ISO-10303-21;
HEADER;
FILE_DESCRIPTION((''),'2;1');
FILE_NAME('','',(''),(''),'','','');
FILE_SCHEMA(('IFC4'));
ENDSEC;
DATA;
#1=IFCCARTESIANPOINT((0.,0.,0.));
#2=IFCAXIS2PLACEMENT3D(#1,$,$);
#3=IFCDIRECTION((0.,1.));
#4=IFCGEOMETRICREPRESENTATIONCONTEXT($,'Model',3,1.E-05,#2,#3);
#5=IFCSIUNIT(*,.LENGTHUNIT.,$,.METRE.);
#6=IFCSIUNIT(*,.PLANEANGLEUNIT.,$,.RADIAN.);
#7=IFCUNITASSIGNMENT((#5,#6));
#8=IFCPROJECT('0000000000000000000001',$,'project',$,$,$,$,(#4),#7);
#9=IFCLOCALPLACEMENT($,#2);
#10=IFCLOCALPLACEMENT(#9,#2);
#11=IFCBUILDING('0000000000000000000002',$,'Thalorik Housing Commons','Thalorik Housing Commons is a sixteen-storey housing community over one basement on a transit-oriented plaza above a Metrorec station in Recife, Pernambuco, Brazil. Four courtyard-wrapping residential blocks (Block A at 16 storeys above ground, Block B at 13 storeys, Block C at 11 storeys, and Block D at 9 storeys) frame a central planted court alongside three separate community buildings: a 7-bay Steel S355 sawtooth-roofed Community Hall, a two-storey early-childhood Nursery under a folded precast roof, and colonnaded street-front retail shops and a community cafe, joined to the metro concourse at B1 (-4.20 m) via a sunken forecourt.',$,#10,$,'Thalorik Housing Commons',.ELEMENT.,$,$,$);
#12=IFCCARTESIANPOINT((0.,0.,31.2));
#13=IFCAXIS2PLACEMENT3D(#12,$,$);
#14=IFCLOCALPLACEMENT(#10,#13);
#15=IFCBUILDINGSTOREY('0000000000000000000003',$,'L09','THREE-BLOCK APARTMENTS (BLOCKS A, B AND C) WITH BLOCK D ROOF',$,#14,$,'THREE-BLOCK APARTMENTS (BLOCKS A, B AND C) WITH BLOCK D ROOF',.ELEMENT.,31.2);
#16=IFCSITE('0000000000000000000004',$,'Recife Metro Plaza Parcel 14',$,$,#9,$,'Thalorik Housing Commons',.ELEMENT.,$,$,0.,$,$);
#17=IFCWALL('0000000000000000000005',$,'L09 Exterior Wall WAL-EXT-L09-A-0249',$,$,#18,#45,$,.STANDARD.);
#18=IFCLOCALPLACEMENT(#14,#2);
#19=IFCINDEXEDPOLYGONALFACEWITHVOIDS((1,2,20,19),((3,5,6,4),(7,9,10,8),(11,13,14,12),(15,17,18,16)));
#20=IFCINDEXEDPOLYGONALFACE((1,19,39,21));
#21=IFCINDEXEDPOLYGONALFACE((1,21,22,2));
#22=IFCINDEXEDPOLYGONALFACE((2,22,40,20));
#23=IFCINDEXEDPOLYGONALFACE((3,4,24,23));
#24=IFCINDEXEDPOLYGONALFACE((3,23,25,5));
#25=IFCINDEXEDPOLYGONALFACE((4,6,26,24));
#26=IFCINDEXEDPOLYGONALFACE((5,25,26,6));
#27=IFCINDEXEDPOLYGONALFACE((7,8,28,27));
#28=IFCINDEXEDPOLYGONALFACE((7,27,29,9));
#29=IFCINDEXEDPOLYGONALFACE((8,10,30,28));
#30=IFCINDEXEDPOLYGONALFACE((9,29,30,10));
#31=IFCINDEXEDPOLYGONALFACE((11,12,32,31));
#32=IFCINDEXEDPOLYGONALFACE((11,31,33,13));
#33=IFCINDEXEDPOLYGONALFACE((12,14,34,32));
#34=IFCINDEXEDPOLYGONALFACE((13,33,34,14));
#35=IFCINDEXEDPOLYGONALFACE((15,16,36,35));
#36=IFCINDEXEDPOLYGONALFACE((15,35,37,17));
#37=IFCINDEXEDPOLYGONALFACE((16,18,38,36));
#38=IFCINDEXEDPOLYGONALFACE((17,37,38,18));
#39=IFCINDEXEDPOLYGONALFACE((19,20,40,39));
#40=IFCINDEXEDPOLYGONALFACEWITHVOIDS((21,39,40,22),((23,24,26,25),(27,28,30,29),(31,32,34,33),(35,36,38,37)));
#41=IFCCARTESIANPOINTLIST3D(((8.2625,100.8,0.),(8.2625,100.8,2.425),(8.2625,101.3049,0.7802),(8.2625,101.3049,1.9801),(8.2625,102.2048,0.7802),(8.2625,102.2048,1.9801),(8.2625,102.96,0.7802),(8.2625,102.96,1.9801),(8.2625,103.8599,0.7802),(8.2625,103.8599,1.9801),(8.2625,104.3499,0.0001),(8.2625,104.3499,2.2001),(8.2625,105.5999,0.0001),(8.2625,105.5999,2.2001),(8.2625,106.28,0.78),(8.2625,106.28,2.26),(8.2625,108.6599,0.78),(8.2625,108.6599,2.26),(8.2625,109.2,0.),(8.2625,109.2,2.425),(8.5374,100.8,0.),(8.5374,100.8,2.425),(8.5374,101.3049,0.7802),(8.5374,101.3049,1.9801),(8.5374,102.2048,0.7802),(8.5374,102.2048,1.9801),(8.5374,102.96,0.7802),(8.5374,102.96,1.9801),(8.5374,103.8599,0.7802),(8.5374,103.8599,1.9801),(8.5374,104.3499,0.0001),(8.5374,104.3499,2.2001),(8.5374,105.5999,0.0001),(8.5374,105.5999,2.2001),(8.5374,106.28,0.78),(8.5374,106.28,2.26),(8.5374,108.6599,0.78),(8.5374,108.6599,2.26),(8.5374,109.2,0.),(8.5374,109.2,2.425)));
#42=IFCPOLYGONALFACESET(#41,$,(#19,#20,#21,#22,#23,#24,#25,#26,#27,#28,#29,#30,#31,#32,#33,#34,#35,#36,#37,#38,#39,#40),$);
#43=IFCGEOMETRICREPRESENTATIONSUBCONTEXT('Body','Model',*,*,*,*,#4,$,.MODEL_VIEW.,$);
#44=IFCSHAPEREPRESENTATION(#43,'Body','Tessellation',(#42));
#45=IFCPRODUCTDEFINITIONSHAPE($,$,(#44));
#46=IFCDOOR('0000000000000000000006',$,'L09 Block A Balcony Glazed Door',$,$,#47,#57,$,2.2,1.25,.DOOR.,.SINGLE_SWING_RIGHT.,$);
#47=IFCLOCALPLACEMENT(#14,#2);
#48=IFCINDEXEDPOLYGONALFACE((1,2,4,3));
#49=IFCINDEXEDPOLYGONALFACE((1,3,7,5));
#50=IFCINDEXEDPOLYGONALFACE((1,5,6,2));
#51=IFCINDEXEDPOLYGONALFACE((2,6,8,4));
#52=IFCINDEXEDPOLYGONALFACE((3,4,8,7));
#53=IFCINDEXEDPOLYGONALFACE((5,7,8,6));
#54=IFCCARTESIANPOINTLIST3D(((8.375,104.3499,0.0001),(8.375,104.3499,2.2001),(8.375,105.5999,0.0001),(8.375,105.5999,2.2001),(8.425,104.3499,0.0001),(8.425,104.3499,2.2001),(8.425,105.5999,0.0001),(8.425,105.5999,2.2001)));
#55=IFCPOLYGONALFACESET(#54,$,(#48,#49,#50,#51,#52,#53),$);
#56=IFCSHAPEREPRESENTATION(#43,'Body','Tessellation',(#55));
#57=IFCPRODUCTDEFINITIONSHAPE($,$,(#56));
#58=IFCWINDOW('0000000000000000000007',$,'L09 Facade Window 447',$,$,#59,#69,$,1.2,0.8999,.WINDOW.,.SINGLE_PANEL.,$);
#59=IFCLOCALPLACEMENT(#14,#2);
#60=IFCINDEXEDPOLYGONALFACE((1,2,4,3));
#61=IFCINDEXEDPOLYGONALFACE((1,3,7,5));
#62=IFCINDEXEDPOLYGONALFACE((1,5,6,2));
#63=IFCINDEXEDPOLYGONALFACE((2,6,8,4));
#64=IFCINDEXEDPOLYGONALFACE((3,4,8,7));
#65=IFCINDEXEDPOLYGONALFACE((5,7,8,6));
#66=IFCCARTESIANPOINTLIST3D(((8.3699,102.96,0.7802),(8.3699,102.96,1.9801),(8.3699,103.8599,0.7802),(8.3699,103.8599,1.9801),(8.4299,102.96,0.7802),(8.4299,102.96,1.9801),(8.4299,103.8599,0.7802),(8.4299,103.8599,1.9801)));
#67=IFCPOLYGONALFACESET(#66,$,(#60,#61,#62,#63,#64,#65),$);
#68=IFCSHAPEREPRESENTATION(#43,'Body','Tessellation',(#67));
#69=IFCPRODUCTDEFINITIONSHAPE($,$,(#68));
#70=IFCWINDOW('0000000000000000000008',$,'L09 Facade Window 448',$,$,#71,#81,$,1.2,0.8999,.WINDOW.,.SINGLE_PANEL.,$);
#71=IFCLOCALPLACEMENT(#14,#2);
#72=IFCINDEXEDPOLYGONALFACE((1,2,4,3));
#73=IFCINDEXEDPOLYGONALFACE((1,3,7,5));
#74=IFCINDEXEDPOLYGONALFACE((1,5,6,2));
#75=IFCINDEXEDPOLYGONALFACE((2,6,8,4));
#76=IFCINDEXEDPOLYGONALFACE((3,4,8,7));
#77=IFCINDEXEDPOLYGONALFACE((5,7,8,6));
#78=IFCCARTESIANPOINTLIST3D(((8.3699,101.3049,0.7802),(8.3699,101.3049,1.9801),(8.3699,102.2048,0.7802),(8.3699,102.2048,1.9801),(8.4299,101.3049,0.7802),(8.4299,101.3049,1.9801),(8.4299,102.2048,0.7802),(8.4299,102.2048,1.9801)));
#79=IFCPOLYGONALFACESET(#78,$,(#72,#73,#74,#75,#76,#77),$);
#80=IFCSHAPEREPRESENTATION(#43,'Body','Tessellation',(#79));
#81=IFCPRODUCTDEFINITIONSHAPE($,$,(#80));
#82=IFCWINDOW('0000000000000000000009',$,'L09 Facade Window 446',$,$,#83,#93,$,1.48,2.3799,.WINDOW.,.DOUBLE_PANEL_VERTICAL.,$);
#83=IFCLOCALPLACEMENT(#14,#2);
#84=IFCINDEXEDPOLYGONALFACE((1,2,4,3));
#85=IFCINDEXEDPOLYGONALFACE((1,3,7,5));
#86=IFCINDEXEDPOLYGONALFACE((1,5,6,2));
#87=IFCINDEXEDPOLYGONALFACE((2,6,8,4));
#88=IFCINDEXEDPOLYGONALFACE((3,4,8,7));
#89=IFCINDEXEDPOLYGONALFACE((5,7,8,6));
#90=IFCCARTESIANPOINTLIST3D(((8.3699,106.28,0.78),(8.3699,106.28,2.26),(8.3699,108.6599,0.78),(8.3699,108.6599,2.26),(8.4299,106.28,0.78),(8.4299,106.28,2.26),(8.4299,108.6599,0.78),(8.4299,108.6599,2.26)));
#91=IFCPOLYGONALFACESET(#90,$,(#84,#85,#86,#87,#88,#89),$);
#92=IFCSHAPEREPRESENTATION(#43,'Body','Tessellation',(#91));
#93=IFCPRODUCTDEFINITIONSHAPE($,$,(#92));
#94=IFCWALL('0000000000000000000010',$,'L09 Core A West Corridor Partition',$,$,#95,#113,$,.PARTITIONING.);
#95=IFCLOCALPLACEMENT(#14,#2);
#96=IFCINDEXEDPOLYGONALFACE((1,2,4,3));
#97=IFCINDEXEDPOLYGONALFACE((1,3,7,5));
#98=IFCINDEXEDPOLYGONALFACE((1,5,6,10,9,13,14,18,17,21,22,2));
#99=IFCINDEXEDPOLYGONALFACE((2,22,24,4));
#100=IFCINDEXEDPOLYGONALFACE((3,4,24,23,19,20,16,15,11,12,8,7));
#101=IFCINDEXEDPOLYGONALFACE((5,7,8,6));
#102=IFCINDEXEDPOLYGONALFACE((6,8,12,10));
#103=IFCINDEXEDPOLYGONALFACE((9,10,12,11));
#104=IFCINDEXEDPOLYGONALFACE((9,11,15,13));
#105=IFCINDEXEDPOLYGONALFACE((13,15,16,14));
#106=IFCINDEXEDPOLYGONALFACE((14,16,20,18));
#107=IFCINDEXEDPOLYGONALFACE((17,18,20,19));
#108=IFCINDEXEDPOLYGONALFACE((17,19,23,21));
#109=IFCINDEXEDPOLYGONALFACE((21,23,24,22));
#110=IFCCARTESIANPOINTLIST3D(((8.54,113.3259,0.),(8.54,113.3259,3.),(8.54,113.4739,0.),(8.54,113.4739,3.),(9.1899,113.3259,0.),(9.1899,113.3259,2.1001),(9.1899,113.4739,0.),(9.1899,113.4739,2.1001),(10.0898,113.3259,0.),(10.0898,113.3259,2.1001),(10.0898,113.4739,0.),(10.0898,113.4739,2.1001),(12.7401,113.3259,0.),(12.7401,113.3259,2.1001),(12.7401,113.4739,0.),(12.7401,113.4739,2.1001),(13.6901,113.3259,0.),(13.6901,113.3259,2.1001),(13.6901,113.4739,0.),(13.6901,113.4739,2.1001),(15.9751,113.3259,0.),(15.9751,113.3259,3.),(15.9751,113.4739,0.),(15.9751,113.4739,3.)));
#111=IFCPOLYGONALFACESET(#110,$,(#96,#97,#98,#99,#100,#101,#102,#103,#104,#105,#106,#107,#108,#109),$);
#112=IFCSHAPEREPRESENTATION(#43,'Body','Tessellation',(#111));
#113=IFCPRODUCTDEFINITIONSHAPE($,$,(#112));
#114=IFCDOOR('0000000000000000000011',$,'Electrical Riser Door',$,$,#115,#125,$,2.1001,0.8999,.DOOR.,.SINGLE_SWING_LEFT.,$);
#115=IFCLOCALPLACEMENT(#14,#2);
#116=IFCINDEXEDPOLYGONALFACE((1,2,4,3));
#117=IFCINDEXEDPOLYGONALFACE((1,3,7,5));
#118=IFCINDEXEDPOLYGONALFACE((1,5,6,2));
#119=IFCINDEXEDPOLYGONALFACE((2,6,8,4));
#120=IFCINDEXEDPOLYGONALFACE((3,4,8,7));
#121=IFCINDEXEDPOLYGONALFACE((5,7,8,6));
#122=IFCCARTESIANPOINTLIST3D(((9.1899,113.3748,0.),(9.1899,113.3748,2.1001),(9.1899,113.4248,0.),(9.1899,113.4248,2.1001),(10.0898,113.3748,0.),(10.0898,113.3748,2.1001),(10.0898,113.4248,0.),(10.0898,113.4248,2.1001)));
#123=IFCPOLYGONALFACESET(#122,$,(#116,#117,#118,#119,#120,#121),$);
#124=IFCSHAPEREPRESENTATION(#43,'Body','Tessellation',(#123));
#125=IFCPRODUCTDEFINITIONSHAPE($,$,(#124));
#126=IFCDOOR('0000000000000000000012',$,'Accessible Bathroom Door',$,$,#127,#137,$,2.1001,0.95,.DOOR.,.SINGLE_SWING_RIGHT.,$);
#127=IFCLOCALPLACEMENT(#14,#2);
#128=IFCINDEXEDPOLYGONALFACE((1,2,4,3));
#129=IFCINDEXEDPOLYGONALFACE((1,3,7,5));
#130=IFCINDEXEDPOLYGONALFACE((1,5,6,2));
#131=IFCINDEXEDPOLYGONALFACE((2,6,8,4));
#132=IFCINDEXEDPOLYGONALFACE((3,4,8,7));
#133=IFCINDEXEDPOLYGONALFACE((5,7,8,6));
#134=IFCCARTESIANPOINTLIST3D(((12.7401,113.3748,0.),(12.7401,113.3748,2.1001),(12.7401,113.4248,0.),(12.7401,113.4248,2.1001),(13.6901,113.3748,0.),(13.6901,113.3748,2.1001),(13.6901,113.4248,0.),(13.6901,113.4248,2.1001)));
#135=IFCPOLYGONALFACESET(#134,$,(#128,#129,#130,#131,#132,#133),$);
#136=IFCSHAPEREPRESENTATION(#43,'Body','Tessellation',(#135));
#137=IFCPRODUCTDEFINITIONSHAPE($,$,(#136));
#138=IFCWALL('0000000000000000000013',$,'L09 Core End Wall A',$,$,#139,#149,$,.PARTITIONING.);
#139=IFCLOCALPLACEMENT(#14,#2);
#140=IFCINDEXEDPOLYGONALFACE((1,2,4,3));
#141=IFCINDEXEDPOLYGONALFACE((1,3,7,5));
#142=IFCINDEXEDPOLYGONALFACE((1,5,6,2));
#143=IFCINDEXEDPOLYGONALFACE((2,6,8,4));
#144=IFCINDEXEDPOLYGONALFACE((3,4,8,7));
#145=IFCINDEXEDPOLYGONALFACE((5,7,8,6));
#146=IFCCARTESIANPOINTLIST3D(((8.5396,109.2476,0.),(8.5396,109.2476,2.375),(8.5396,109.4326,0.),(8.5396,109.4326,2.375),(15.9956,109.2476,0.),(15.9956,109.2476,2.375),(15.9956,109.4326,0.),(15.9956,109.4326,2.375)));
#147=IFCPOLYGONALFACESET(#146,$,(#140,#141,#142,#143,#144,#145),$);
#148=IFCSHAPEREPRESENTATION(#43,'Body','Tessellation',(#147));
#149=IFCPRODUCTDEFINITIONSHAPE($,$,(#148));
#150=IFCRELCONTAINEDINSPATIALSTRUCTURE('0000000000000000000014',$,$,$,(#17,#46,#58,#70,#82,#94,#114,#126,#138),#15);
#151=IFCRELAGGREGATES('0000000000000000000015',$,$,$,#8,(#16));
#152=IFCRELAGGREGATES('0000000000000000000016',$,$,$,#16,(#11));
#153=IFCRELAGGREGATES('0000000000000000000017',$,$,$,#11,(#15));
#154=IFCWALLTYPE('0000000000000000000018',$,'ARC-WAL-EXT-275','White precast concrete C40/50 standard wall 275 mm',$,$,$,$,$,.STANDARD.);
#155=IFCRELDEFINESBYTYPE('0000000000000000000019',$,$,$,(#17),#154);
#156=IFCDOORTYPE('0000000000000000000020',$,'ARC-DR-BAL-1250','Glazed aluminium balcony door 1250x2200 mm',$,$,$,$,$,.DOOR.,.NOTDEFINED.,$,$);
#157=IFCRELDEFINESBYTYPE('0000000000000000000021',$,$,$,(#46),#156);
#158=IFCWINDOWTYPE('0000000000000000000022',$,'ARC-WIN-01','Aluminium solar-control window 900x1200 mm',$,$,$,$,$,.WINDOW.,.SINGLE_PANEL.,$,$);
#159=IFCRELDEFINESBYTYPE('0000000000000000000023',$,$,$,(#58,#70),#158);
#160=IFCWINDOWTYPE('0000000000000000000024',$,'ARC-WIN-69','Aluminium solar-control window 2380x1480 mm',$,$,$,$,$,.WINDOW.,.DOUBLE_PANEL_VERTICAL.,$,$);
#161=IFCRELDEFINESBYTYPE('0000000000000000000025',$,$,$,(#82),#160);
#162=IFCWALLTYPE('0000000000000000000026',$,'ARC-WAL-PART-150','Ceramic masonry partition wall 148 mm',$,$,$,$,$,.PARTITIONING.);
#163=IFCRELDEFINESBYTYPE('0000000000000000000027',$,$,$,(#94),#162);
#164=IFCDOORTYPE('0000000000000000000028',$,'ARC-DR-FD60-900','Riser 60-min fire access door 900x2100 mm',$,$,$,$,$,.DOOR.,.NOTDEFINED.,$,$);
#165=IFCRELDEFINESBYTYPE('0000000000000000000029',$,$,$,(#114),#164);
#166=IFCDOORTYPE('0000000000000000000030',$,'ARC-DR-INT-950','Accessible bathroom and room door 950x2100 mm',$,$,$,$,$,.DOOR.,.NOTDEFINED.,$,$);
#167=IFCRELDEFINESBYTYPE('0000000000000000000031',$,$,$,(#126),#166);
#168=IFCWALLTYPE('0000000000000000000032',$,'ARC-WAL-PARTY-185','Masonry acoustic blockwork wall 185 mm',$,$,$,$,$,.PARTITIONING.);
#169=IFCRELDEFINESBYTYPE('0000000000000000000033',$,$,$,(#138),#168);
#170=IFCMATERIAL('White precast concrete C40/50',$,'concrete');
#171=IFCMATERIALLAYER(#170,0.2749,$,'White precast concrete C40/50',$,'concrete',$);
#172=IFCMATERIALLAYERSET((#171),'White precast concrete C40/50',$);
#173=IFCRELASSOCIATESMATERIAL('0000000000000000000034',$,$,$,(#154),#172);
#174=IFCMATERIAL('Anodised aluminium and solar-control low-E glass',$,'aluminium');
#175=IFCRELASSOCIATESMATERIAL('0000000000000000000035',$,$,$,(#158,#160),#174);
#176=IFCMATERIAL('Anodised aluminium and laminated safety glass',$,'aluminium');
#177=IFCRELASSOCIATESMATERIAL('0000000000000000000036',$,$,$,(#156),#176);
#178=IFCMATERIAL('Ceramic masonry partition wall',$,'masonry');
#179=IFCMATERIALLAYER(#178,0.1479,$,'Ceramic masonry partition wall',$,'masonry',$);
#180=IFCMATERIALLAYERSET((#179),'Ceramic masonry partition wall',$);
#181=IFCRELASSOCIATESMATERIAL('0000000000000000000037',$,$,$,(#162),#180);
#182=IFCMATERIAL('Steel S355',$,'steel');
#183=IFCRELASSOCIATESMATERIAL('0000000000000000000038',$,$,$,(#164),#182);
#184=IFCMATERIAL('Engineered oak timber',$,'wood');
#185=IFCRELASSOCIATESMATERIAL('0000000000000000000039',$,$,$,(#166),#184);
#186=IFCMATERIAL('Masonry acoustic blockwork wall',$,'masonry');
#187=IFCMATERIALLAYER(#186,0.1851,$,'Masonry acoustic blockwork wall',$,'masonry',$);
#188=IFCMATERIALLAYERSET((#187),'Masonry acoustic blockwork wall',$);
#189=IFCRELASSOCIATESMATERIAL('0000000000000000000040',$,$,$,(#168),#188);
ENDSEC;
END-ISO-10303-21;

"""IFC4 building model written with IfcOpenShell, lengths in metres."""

from ifc_helpers import new_model, si_unit, direction, frame, frame_2d, origin, place, context, subcontext, project, spatial, rectangle, extrude, material, layer, layer_set, type_object, element, fill, save


model = new_model("IFC4")

# Units and contexts
model_context = context("Model", 3, precision=1e-05, world=origin(), true_north=direction((0.0, 1.0)))
body_context = subcontext(model_context, "Body", "Model", "MODEL_VIEW")
ifc_project = project(units=[si_unit("LENGTHUNIT", "METRE"), si_unit("PLANEANGLEUNIT", "RADIAN")], contexts=[model_context])

# Site, building, storey
site_placement = place(None, origin())
site = spatial("IfcSite", under=ifc_project, at=site_placement, Name="Recife Metro Plaza Parcel 14", LongName="Thalorik Housing Commons", CompositionType="ELEMENT", RefElevation=0.0)
building_placement = place(site_placement, origin())
building = spatial("IfcBuilding", under=site, at=building_placement, Name="Thalorik Housing Commons", Description="Thalorik Housing Commons is a sixteen-storey housing community over one basement on a transit-oriented plaza above a Metrorec station in Recife, Pernambuco, Brazil. Four courtyard-wrapping residential blocks (Block A at 16 storeys above ground, Block B at 13 storeys, Block C at 11 storeys, and Block D at 9 storeys) frame a central planted court alongside three separate community buildings: a 7-bay Steel S355 sawtooth-roofed Community Hall, a two-storey early-childhood Nursery under a folded precast roof, and colonnaded street-front retail shops and a community cafe, joined to the metro concourse at B1 (-4.20 m) via a sunken forecourt.", LongName="Thalorik Housing Commons", CompositionType="ELEMENT")
storey_placement = place(building_placement, frame((0.0, 0.0, 31.2)))
storey = spatial("IfcBuildingStorey", under=building, at=storey_placement, Name="L09", Description="THREE-BLOCK APARTMENTS (BLOCKS A, B AND C) WITH BLOCK D ROOF", LongName="THREE-BLOCK APARTMENTS (BLOCKS A, B AND C) WITH BLOCK D ROOF", CompositionType="ELEMENT", Elevation=31.2)

# Shared definitions
ifc_material_1 = material(Name="Steel S355", Category="steel")

# Shared definitions
ifc_material_2 = material(Name="White precast concrete C40/50", Category="concrete")
ifc_layer_1 = layer(ifc_material_2, 0.2749, Name="White precast concrete C40/50", Category="concrete")
ifc_layer_set_1 = layer_set([ifc_layer_1], Name="White precast concrete C40/50")
wall_type_1 = type_object("IfcWallType", Name="ARC-WAL-EXT-275", Description="White precast concrete C40/50 standard wall 275 mm", PredefinedType="STANDARD", material=ifc_layer_set_1)
ifc_material_3 = material(Name="Anodised aluminium and solar-control low-E glass", Category="aluminium")
window_type_1 = type_object("IfcWindowType", Name="ARC-WIN-01", Description="Aluminium solar-control window 900x1200 mm", PartitioningType="SINGLE_PANEL", PredefinedType="WINDOW", material=ifc_material_3)

# Wall, openings, door, windows
wall_1_placement = place(storey_placement, frame((8.3999, 109.2, 0.0), z_axis=(0.0, 0.0, 1.0), x_axis=(0.0, -1.0, 0.0)))
wall_1 = element("IfcWall", 1, at=wall_1_placement, inside=storey, type_object=wall_type_1, Name="L09 Exterior Wall WAL-EXT-L09-A-0249", PredefinedType="STANDARD", context=body_context, shape_type="SweptSolid", body=[
    extrude(rectangle(XDim=8.3999, YDim=0.2749, at=frame_2d((4.2, 0.0))), origin(), (0.0, 0.0, 1.0), 2.425),
])
opening_1_placement = place(wall_1_placement, frame((3.6001, 0.0, 0.0)))
opening_1 = element("IfcOpeningElement", 2, at=opening_1_placement, cuts=wall_1, PredefinedType="OPENING", context=body_context, shape_type="SweptSolid", body=[
    extrude(rectangle(XDim=1.25, YDim=2.2, at=frame_2d((0.625, 1.1001))), frame((0.0, 0.1475, 0.0), z_axis=(0.0, -1.0, 0.0), x_axis=(1.0, 0.0, 0.0)), (0.0, 0.0, 1.0), 0.2949),
])
opening_2_placement = place(wall_1_placement, frame((0.54, 0.0, 0.78)))
opening_2 = element("IfcOpeningElement", 3, at=opening_2_placement, cuts=wall_1, PredefinedType="OPENING", context=body_context, shape_type="SweptSolid", body=[
    extrude(rectangle(XDim=2.3799, YDim=1.48, at=frame_2d((1.1899, 0.74))), frame((0.0, 0.1475, 0.0), z_axis=(0.0, -1.0, 0.0), x_axis=(1.0, 0.0, 0.0)), (0.0, 0.0, 1.0), 0.2949),
])
opening_3_placement = place(wall_1_placement, frame((5.3401, 0.0, 0.78)))
opening_3 = element("IfcOpeningElement", 4, at=opening_3_placement, cuts=wall_1, PredefinedType="OPENING", context=body_context, shape_type="SweptSolid", body=[
    extrude(rectangle(XDim=0.8999, YDim=1.2, at=frame_2d((0.45, 0.6001))), frame((0.0, 0.1475, 0.0), z_axis=(0.0, -1.0, 0.0), x_axis=(1.0, 0.0, 0.0)), (0.0, 0.0, 1.0), 0.2949),
])
opening_4_placement = place(wall_1_placement, frame((6.9951, 0.0, 0.78)))
opening_4 = element("IfcOpeningElement", 5, at=opening_4_placement, cuts=wall_1, PredefinedType="OPENING", context=body_context, shape_type="SweptSolid", body=[
    extrude(rectangle(XDim=0.8999, YDim=1.2, at=frame_2d((0.45, 0.6001))), frame((0.0, 0.1475, 0.0), z_axis=(0.0, -1.0, 0.0), x_axis=(1.0, 0.0, 0.0)), (0.0, 0.0, 1.0), 0.2949),
])
ifc_material_4 = material(Name="Anodised aluminium and laminated safety glass", Category="aluminium")
door_type_1 = type_object("IfcDoorType", Name="ARC-DR-BAL-1250", Description="Glazed aluminium balcony door 1250x2200 mm", OperationType="NOTDEFINED", PredefinedType="DOOR", material=ifc_material_4)
door_1_placement = place(opening_1_placement, frame((1.25, 0.0, 0.0), z_axis=(0.0, 0.0, 1.0), x_axis=(-1.0, 0.0, 0.0)))
door_1 = element("IfcDoor", 6, at=door_1_placement, inside=storey, type_object=door_type_1, Name="L09 Block A Balcony Glazed Door", OperationType="SINGLE_SWING_RIGHT", OverallHeight=2.2, OverallWidth=1.25, PredefinedType="DOOR", context=body_context, shape_type="SweptSolid", body=[
    extrude(rectangle(XDim=1.25, YDim=2.2, at=frame_2d((0.625, 1.1001))), frame((0.0, 0.0249, 0.0), z_axis=(0.0, -1.0, 0.0), x_axis=(1.0, 0.0, 0.0)), (0.0, 0.0, 1.0), 0.05),
])
fill(opening_1, door_1)
window_1_placement = place(opening_3_placement, origin())
window_1 = element("IfcWindow", 7, at=window_1_placement, inside=storey, type_object=window_type_1, Name="L09 Facade Window 447", OverallHeight=1.2, OverallWidth=0.8999, PartitioningType="SINGLE_PANEL", PredefinedType="WINDOW", context=body_context, shape_type="SweptSolid", body=[
    extrude(rectangle(XDim=0.8999, YDim=1.2, at=frame_2d((0.45, 0.6001))), frame((0.0, 0.03, 0.0), z_axis=(0.0, -1.0, 0.0), x_axis=(1.0, 0.0, 0.0)), (0.0, 0.0, 1.0), 0.0601),
])
fill(opening_3, window_1)
window_2_placement = place(opening_4_placement, origin())
window_2 = element("IfcWindow", 8, at=window_2_placement, inside=storey, type_object=window_type_1, Name="L09 Facade Window 448", OverallHeight=1.2, OverallWidth=0.8999, PartitioningType="SINGLE_PANEL", PredefinedType="WINDOW", context=body_context, shape_type="SweptSolid", body=[
    extrude(rectangle(XDim=0.8999, YDim=1.2, at=frame_2d((0.45, 0.6001))), frame((0.0, 0.03, 0.0), z_axis=(0.0, -1.0, 0.0), x_axis=(1.0, 0.0, 0.0)), (0.0, 0.0, 1.0), 0.0601),
])
fill(opening_4, window_2)
window_type_2 = type_object("IfcWindowType", Name="ARC-WIN-69", Description="Aluminium solar-control window 2380x1480 mm", PartitioningType="DOUBLE_PANEL_VERTICAL", PredefinedType="WINDOW", material=ifc_material_3)
window_3_placement = place(opening_2_placement, origin())
window_3 = element("IfcWindow", 9, at=window_3_placement, inside=storey, type_object=window_type_2, Name="L09 Facade Window 446", OverallHeight=1.48, OverallWidth=2.3799, PartitioningType="DOUBLE_PANEL_VERTICAL", PredefinedType="WINDOW", context=body_context, shape_type="SweptSolid", body=[
    extrude(rectangle(XDim=2.3799, YDim=1.48, at=frame_2d((1.1899, 0.74))), frame((0.0, 0.03, 0.0), z_axis=(0.0, -1.0, 0.0), x_axis=(1.0, 0.0, 0.0)), (0.0, 0.0, 1.0), 0.0601),
])
fill(opening_2, window_3)

# Wall, openings, doors
ifc_material_5 = material(Name="Ceramic masonry partition wall", Category="masonry")
ifc_layer_2 = layer(ifc_material_5, 0.1479, Name="Ceramic masonry partition wall", Category="masonry")
ifc_layer_set_2 = layer_set([ifc_layer_2], Name="Ceramic masonry partition wall")
wall_type_2 = type_object("IfcWallType", Name="ARC-WAL-PART-150", Description="Ceramic masonry partition wall 148 mm", PredefinedType="PARTITIONING", material=ifc_layer_set_2)
wall_2_placement = place(storey_placement, frame((8.54, 113.3999, 0.0), z_axis=(0.0, 0.0, 1.0), x_axis=(1.0, 0.0, 0.0)))
wall_2 = element("IfcWall", 10, at=wall_2_placement, inside=storey, type_object=wall_type_2, Name="L09 Core A West Corridor Partition", PredefinedType="PARTITIONING", context=body_context, shape_type="SweptSolid", body=[
    extrude(rectangle(XDim=7.4351, YDim=0.1479, at=frame_2d((3.7175, 0.0))), origin(), (0.0, 0.0, 1.0), 3.0),
])
opening_5_placement = place(wall_2_placement, frame((0.6499, 0.0, 0.0)))
opening_5 = element("IfcOpeningElement", 11, at=opening_5_placement, cuts=wall_2, PredefinedType="OPENING", context=body_context, shape_type="SweptSolid", body=[
    extrude(rectangle(XDim=0.8999, YDim=2.1001, at=frame_2d((0.45, 1.05))), frame((0.0, 0.084, 0.0), z_axis=(0.0, -1.0, 0.0), x_axis=(1.0, 0.0, 0.0)), (0.0, 0.0, 1.0), 0.168),
])
opening_6_placement = place(wall_2_placement, frame((4.2, 0.0, 0.0)))
opening_6 = element("IfcOpeningElement", 12, at=opening_6_placement, cuts=wall_2, PredefinedType="OPENING", context=body_context, shape_type="SweptSolid", body=[
    extrude(rectangle(XDim=0.95, YDim=2.1001, at=frame_2d((0.4751, 1.05))), frame((0.0, 0.084, 0.0), z_axis=(0.0, -1.0, 0.0), x_axis=(1.0, 0.0, 0.0)), (0.0, 0.0, 1.0), 0.168),
])
door_type_2 = type_object("IfcDoorType", Name="ARC-DR-FD60-900", Description="Riser 60-min fire access door 900x2100 mm", OperationType="NOTDEFINED", PredefinedType="DOOR", material=ifc_material_1)
door_2_placement = place(opening_5_placement, origin())
door_2 = element("IfcDoor", 13, at=door_2_placement, inside=storey, type_object=door_type_2, Name="Electrical Riser Door", OperationType="SINGLE_SWING_LEFT", OverallHeight=2.1001, OverallWidth=0.8999, PredefinedType="DOOR", context=body_context, shape_type="SweptSolid", body=[
    extrude(rectangle(XDim=0.8999, YDim=2.1001, at=frame_2d((0.45, 1.05))), frame((0.0, 0.0249, 0.0), z_axis=(0.0, -1.0, 0.0), x_axis=(1.0, 0.0, 0.0)), (0.0, 0.0, 1.0), 0.05),
])
fill(opening_5, door_2)
ifc_material_6 = material(Name="Engineered oak timber", Category="wood")
door_type_3 = type_object("IfcDoorType", Name="ARC-DR-INT-950", Description="Accessible bathroom and room door 950x2100 mm", OperationType="NOTDEFINED", PredefinedType="DOOR", material=ifc_material_6)
door_3_placement = place(opening_6_placement, origin())
door_3 = element("IfcDoor", 14, at=door_3_placement, inside=storey, type_object=door_type_3, Name="Accessible Bathroom Door", OperationType="SINGLE_SWING_RIGHT", OverallHeight=2.1001, OverallWidth=0.95, PredefinedType="DOOR", context=body_context, shape_type="SweptSolid", body=[
    extrude(rectangle(XDim=0.95, YDim=2.1001, at=frame_2d((0.4751, 1.05))), frame((0.0, 0.0249, 0.0), z_axis=(0.0, -1.0, 0.0), x_axis=(1.0, 0.0, 0.0)), (0.0, 0.0, 1.0), 0.05),
])
fill(opening_6, door_3)

# Wall
ifc_material_7 = material(Name="Masonry acoustic blockwork wall", Category="masonry")
ifc_layer_3 = layer(ifc_material_7, 0.1851, Name="Masonry acoustic blockwork wall", Category="masonry")
ifc_layer_set_3 = layer_set([ifc_layer_3], Name="Masonry acoustic blockwork wall")
wall_type_3 = type_object("IfcWallType", Name="ARC-WAL-PARTY-185", Description="Masonry acoustic blockwork wall 185 mm", PredefinedType="PARTITIONING", material=ifc_layer_set_3)
wall_3_placement = place(storey_placement, frame((8.5396, 109.3401, 0.0), z_axis=(0.0, 0.0, 1.0), x_axis=(1.0, 0.0, 0.0)))
element("IfcWall", 15, at=wall_3_placement, inside=storey, type_object=wall_type_3, Name="L09 Core End Wall A", PredefinedType="PARTITIONING", context=body_context, shape_type="SweptSolid", body=[
    extrude(rectangle(XDim=7.4561, YDim=0.1851, at=frame_2d((3.728, 0.0))), origin(), (0.0, 0.0, 1.0), 2.375),
])

save(model, "model.ifc")
